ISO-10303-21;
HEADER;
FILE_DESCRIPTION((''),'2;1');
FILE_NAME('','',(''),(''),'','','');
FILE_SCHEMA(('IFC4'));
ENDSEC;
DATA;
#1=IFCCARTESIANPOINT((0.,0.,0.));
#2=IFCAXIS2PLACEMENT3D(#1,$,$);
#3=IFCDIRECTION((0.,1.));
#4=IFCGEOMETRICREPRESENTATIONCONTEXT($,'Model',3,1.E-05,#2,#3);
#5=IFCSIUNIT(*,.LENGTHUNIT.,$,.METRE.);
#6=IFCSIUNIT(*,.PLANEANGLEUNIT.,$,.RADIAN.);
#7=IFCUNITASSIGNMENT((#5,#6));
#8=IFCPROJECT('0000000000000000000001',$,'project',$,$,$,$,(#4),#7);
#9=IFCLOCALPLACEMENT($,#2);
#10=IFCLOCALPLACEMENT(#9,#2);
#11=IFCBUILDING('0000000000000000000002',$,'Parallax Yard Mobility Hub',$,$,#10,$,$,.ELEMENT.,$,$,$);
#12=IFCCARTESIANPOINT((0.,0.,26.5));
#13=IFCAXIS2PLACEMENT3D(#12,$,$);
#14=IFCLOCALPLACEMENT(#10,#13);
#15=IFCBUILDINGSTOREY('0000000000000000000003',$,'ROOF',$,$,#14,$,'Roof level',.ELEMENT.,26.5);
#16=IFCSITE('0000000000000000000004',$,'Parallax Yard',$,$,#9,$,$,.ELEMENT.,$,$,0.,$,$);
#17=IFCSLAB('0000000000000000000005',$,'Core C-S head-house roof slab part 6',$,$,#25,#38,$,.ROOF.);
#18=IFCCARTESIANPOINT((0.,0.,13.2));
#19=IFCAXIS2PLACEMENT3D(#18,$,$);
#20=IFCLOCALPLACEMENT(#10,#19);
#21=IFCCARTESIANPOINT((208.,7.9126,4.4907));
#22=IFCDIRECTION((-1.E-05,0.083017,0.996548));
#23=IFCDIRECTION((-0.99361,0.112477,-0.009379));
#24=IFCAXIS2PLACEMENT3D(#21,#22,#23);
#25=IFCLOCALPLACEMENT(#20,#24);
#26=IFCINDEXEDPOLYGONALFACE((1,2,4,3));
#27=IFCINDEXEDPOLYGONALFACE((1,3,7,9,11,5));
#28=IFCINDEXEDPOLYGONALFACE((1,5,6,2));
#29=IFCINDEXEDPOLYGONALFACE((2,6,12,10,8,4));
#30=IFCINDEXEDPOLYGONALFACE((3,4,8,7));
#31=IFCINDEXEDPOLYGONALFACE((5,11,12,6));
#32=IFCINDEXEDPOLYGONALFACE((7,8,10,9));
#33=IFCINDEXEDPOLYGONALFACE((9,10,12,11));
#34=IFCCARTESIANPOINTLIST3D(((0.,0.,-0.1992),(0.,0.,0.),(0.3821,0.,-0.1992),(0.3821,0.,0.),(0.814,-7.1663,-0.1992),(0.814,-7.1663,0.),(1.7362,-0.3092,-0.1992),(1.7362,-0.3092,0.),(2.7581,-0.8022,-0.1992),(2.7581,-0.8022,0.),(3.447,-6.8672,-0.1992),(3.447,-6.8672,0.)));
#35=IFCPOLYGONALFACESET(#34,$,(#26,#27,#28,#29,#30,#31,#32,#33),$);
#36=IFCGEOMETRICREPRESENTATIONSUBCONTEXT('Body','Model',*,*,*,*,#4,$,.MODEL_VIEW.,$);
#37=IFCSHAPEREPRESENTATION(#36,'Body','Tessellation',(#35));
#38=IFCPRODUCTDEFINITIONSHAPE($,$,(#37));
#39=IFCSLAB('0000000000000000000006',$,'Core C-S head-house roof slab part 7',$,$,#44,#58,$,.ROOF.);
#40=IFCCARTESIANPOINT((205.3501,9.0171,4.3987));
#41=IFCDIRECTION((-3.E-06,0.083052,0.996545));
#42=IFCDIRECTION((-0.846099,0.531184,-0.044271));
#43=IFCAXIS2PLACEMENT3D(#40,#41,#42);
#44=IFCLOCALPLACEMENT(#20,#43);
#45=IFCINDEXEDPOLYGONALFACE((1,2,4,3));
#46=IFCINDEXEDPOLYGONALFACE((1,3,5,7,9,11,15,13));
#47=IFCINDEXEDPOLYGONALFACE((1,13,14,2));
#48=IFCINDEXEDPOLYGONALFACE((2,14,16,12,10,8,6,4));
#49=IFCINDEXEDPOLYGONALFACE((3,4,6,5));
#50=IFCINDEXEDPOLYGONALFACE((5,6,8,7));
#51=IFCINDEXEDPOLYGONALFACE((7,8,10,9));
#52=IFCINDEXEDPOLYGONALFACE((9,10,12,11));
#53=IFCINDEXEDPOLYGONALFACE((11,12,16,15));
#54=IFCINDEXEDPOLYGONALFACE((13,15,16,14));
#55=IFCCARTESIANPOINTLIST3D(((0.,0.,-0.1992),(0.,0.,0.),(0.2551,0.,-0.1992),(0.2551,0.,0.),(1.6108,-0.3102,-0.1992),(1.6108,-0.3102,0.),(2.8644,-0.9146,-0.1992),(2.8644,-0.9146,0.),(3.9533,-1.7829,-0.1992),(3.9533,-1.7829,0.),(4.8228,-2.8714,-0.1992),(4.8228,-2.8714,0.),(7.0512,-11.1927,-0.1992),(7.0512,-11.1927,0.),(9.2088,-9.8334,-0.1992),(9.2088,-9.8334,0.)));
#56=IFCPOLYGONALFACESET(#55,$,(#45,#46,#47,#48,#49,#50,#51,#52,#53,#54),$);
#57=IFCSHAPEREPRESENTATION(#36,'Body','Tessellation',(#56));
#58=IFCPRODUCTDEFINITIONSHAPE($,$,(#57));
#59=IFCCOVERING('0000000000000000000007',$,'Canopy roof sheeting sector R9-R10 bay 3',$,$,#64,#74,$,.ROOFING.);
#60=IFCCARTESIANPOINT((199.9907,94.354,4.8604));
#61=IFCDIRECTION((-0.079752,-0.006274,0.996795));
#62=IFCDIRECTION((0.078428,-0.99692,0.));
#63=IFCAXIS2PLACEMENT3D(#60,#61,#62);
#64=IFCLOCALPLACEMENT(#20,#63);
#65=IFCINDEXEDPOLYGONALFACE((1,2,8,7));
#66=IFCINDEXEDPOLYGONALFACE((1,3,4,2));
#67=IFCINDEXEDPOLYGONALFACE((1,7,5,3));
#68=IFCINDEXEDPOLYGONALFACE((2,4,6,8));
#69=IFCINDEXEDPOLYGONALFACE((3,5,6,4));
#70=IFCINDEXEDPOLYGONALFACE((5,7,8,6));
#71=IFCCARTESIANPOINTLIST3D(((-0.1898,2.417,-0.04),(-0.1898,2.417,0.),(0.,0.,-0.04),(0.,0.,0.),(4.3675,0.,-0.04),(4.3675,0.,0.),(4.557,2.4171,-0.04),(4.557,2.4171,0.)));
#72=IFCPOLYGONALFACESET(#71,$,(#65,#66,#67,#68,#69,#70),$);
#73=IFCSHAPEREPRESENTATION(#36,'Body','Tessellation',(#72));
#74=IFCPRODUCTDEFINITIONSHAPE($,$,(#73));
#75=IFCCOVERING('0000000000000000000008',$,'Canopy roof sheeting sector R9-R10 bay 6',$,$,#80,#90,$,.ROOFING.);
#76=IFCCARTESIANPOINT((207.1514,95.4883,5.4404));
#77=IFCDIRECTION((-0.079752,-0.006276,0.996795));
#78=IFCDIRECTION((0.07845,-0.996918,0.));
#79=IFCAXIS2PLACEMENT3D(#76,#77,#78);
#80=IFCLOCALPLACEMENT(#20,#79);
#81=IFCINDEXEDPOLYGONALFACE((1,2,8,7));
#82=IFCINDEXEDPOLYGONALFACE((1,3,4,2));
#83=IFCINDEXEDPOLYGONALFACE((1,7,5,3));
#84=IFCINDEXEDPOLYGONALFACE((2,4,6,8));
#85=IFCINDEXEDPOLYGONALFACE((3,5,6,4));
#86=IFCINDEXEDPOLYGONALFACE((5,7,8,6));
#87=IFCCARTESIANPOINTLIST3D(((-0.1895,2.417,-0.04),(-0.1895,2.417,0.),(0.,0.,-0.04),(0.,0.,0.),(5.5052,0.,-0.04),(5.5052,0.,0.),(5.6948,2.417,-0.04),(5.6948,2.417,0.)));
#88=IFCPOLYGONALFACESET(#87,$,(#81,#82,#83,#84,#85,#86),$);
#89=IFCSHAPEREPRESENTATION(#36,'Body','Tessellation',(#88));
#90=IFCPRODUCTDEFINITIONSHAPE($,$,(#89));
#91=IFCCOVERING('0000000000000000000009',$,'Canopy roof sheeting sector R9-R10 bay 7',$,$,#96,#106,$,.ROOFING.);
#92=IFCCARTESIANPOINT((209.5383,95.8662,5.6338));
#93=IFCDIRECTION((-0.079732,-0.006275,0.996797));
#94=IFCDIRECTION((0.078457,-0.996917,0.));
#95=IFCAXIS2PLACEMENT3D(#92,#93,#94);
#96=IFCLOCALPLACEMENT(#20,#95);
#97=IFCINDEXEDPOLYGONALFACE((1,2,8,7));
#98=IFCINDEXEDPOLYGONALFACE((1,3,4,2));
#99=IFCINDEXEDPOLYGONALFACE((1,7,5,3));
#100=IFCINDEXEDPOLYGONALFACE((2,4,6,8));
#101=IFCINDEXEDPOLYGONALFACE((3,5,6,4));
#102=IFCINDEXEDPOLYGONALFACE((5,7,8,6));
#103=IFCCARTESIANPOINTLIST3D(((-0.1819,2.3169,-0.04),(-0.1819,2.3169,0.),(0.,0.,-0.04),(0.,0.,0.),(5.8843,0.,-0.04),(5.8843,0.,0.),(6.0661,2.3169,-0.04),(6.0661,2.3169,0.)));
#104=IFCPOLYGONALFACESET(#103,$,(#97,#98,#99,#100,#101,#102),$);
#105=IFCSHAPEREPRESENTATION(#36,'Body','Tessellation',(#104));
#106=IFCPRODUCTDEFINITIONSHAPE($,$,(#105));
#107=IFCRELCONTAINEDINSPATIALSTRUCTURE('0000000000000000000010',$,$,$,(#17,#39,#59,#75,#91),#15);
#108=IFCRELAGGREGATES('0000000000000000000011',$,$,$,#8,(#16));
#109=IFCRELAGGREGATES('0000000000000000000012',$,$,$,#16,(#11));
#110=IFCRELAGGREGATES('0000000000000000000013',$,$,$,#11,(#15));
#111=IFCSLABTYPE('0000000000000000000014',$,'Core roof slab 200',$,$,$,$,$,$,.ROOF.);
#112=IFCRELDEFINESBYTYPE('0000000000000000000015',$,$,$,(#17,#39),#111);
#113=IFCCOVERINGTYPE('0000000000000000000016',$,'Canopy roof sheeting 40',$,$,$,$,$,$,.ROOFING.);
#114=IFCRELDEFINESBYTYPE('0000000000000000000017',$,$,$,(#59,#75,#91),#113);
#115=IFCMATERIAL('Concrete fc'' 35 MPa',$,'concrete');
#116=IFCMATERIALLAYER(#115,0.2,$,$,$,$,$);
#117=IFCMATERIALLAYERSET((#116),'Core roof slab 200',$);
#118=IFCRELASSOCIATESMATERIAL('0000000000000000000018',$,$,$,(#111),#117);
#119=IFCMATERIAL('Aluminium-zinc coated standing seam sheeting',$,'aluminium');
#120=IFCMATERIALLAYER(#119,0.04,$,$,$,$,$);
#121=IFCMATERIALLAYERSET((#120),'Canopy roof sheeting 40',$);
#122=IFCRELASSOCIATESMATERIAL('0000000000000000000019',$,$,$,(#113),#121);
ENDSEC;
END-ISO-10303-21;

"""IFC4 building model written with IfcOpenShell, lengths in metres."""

from ifc_helpers import new_model, si_unit, direction, frame, origin, place, context, subcontext, project, spatial, polyline, outline, extrude, material, layer, layer_set, type_object, element, save


model = new_model("IFC4")

# Units and contexts
model_context = context("Model", 3, precision=1e-05, world=origin(), true_north=direction((0.0, 1.0)))
body_context = subcontext(model_context, "Body", "Model", "MODEL_VIEW")
ifc_project = project(units=[si_unit("LENGTHUNIT", "METRE"), si_unit("PLANEANGLEUNIT", "RADIAN")], contexts=[model_context])

# Site, building, storey
site_placement = place(None, origin())
site = spatial("IfcSite", under=ifc_project, at=site_placement, Name="Parallax Yard", CompositionType="ELEMENT", RefElevation=0.0)
building_placement = place(site_placement, origin())
building = spatial("IfcBuilding", under=site, at=building_placement, Name="Parallax Yard Mobility Hub", CompositionType="ELEMENT")
storey_placement = place(building_placement, frame((0.0, 0.0, 26.5)))
storey = spatial("IfcBuildingStorey", under=building, at=storey_placement, Name="ROOF", LongName="Roof level", CompositionType="ELEMENT", Elevation=26.5)

# Slabs
ifc_material_1 = material(Name="Concrete fc' 35 MPa", Category="concrete")
ifc_layer_1 = layer(ifc_material_1, 0.2)
ifc_layer_set_1 = layer_set([ifc_layer_1], Name="Core roof slab 200")
slab_type = type_object("IfcSlabType", Name="Core roof slab 200", PredefinedType="ROOF", material=ifc_layer_set_1)
placement = place(building_placement, frame((0.0, 0.0, 13.2)))
slab_1_placement = place(placement, frame((208.0, 7.9126, 4.4907), z_axis=(-0.00001, 0.083017, 0.996548), x_axis=(-0.99361, 0.112477, -0.009379)))
element("IfcSlab", 1, at=slab_1_placement, inside=storey, type_object=slab_type, Name="Core C-S head-house roof slab part 6", PredefinedType="ROOF", context=body_context, shape_type="SweptSolid", body=[
    extrude(outline(polyline([(0.0, 0.0), (0.3821, 0.0), (1.7362, -0.3092), (2.7581, -0.8022), (3.447, -6.8672), (0.814, -7.1663), (0.0, 0.0)])), origin(), (0.0, 0.0, -1.0), 0.1992),
])
slab_2_placement = place(placement, frame((205.3501, 9.0171, 4.3987), z_axis=(-0.000003, 0.083052, 0.996545), x_axis=(-0.846099, 0.531184, -0.044271)))
element("IfcSlab", 2, at=slab_2_placement, inside=storey, type_object=slab_type, Name="Core C-S head-house roof slab part 7", PredefinedType="ROOF", context=body_context, shape_type="SweptSolid", body=[
    extrude(outline(polyline([(0.0, 0.0), (0.2551, 0.0), (1.6108, -0.3102), (2.8644, -0.9146), (3.9533, -1.7829), (4.8228, -2.8714), (9.2088, -9.8334), (7.0512, -11.1927), (0.0, 0.0)])), origin(), (0.0, 0.0, -1.0), 0.1992),
])

# Coverings
ifc_material_2 = material(Name="Aluminium-zinc coated standing seam sheeting", Category="aluminium")
ifc_layer_2 = layer(ifc_material_2, 0.04)
ifc_layer_set_2 = layer_set([ifc_layer_2], Name="Canopy roof sheeting 40")
covering_type = type_object("IfcCoveringType", Name="Canopy roof sheeting 40", PredefinedType="ROOFING", material=ifc_layer_set_2)
covering_1_placement = place(placement, frame((199.9907, 94.354, 4.8604), z_axis=(-0.079752, -0.006274, 0.996795), x_axis=(0.078428, -0.99692, 0.0)))
element("IfcCovering", 3, at=covering_1_placement, inside=storey, type_object=covering_type, Name="Canopy roof sheeting sector R9-R10 bay 3", PredefinedType="ROOFING", context=body_context, shape_type="SweptSolid", body=[
    extrude(outline(polyline([(0.0, 0.0), (4.3675, 0.0), (4.557, 2.4171), (-0.1898, 2.417), (0.0, 0.0)])), origin(), (0.0, 0.0, -1.0), 0.04),
])
covering_2_placement = place(placement, frame((207.1514, 95.4883, 5.4404), z_axis=(-0.079752, -0.006276, 0.996795), x_axis=(0.07845, -0.996918, 0.0)))
element("IfcCovering", 4, at=covering_2_placement, inside=storey, type_object=covering_type, Name="Canopy roof sheeting sector R9-R10 bay 6", PredefinedType="ROOFING", context=body_context, shape_type="SweptSolid", body=[
    extrude(outline(polyline([(0.0, 0.0), (5.5052, 0.0), (5.6948, 2.417), (-0.1895, 2.417), (0.0, 0.0)])), origin(), (0.0, 0.0, -1.0), 0.04),
])
covering_3_placement = place(placement, frame((209.5383, 95.8662, 5.6338), z_axis=(-0.079732, -0.006275, 0.996797), x_axis=(0.078457, -0.996917, 0.0)))
element("IfcCovering", 5, at=covering_3_placement, inside=storey, type_object=covering_type, Name="Canopy roof sheeting sector R9-R10 bay 7", PredefinedType="ROOFING", context=body_context, shape_type="SweptSolid", body=[
    extrude(outline(polyline([(0.0, 0.0), (5.8843, 0.0), (6.0661, 2.3169), (-0.1819, 2.3169), (0.0, 0.0)])), origin(), (0.0, 0.0, -1.0), 0.04),
])

save(model, "model.ifc")
